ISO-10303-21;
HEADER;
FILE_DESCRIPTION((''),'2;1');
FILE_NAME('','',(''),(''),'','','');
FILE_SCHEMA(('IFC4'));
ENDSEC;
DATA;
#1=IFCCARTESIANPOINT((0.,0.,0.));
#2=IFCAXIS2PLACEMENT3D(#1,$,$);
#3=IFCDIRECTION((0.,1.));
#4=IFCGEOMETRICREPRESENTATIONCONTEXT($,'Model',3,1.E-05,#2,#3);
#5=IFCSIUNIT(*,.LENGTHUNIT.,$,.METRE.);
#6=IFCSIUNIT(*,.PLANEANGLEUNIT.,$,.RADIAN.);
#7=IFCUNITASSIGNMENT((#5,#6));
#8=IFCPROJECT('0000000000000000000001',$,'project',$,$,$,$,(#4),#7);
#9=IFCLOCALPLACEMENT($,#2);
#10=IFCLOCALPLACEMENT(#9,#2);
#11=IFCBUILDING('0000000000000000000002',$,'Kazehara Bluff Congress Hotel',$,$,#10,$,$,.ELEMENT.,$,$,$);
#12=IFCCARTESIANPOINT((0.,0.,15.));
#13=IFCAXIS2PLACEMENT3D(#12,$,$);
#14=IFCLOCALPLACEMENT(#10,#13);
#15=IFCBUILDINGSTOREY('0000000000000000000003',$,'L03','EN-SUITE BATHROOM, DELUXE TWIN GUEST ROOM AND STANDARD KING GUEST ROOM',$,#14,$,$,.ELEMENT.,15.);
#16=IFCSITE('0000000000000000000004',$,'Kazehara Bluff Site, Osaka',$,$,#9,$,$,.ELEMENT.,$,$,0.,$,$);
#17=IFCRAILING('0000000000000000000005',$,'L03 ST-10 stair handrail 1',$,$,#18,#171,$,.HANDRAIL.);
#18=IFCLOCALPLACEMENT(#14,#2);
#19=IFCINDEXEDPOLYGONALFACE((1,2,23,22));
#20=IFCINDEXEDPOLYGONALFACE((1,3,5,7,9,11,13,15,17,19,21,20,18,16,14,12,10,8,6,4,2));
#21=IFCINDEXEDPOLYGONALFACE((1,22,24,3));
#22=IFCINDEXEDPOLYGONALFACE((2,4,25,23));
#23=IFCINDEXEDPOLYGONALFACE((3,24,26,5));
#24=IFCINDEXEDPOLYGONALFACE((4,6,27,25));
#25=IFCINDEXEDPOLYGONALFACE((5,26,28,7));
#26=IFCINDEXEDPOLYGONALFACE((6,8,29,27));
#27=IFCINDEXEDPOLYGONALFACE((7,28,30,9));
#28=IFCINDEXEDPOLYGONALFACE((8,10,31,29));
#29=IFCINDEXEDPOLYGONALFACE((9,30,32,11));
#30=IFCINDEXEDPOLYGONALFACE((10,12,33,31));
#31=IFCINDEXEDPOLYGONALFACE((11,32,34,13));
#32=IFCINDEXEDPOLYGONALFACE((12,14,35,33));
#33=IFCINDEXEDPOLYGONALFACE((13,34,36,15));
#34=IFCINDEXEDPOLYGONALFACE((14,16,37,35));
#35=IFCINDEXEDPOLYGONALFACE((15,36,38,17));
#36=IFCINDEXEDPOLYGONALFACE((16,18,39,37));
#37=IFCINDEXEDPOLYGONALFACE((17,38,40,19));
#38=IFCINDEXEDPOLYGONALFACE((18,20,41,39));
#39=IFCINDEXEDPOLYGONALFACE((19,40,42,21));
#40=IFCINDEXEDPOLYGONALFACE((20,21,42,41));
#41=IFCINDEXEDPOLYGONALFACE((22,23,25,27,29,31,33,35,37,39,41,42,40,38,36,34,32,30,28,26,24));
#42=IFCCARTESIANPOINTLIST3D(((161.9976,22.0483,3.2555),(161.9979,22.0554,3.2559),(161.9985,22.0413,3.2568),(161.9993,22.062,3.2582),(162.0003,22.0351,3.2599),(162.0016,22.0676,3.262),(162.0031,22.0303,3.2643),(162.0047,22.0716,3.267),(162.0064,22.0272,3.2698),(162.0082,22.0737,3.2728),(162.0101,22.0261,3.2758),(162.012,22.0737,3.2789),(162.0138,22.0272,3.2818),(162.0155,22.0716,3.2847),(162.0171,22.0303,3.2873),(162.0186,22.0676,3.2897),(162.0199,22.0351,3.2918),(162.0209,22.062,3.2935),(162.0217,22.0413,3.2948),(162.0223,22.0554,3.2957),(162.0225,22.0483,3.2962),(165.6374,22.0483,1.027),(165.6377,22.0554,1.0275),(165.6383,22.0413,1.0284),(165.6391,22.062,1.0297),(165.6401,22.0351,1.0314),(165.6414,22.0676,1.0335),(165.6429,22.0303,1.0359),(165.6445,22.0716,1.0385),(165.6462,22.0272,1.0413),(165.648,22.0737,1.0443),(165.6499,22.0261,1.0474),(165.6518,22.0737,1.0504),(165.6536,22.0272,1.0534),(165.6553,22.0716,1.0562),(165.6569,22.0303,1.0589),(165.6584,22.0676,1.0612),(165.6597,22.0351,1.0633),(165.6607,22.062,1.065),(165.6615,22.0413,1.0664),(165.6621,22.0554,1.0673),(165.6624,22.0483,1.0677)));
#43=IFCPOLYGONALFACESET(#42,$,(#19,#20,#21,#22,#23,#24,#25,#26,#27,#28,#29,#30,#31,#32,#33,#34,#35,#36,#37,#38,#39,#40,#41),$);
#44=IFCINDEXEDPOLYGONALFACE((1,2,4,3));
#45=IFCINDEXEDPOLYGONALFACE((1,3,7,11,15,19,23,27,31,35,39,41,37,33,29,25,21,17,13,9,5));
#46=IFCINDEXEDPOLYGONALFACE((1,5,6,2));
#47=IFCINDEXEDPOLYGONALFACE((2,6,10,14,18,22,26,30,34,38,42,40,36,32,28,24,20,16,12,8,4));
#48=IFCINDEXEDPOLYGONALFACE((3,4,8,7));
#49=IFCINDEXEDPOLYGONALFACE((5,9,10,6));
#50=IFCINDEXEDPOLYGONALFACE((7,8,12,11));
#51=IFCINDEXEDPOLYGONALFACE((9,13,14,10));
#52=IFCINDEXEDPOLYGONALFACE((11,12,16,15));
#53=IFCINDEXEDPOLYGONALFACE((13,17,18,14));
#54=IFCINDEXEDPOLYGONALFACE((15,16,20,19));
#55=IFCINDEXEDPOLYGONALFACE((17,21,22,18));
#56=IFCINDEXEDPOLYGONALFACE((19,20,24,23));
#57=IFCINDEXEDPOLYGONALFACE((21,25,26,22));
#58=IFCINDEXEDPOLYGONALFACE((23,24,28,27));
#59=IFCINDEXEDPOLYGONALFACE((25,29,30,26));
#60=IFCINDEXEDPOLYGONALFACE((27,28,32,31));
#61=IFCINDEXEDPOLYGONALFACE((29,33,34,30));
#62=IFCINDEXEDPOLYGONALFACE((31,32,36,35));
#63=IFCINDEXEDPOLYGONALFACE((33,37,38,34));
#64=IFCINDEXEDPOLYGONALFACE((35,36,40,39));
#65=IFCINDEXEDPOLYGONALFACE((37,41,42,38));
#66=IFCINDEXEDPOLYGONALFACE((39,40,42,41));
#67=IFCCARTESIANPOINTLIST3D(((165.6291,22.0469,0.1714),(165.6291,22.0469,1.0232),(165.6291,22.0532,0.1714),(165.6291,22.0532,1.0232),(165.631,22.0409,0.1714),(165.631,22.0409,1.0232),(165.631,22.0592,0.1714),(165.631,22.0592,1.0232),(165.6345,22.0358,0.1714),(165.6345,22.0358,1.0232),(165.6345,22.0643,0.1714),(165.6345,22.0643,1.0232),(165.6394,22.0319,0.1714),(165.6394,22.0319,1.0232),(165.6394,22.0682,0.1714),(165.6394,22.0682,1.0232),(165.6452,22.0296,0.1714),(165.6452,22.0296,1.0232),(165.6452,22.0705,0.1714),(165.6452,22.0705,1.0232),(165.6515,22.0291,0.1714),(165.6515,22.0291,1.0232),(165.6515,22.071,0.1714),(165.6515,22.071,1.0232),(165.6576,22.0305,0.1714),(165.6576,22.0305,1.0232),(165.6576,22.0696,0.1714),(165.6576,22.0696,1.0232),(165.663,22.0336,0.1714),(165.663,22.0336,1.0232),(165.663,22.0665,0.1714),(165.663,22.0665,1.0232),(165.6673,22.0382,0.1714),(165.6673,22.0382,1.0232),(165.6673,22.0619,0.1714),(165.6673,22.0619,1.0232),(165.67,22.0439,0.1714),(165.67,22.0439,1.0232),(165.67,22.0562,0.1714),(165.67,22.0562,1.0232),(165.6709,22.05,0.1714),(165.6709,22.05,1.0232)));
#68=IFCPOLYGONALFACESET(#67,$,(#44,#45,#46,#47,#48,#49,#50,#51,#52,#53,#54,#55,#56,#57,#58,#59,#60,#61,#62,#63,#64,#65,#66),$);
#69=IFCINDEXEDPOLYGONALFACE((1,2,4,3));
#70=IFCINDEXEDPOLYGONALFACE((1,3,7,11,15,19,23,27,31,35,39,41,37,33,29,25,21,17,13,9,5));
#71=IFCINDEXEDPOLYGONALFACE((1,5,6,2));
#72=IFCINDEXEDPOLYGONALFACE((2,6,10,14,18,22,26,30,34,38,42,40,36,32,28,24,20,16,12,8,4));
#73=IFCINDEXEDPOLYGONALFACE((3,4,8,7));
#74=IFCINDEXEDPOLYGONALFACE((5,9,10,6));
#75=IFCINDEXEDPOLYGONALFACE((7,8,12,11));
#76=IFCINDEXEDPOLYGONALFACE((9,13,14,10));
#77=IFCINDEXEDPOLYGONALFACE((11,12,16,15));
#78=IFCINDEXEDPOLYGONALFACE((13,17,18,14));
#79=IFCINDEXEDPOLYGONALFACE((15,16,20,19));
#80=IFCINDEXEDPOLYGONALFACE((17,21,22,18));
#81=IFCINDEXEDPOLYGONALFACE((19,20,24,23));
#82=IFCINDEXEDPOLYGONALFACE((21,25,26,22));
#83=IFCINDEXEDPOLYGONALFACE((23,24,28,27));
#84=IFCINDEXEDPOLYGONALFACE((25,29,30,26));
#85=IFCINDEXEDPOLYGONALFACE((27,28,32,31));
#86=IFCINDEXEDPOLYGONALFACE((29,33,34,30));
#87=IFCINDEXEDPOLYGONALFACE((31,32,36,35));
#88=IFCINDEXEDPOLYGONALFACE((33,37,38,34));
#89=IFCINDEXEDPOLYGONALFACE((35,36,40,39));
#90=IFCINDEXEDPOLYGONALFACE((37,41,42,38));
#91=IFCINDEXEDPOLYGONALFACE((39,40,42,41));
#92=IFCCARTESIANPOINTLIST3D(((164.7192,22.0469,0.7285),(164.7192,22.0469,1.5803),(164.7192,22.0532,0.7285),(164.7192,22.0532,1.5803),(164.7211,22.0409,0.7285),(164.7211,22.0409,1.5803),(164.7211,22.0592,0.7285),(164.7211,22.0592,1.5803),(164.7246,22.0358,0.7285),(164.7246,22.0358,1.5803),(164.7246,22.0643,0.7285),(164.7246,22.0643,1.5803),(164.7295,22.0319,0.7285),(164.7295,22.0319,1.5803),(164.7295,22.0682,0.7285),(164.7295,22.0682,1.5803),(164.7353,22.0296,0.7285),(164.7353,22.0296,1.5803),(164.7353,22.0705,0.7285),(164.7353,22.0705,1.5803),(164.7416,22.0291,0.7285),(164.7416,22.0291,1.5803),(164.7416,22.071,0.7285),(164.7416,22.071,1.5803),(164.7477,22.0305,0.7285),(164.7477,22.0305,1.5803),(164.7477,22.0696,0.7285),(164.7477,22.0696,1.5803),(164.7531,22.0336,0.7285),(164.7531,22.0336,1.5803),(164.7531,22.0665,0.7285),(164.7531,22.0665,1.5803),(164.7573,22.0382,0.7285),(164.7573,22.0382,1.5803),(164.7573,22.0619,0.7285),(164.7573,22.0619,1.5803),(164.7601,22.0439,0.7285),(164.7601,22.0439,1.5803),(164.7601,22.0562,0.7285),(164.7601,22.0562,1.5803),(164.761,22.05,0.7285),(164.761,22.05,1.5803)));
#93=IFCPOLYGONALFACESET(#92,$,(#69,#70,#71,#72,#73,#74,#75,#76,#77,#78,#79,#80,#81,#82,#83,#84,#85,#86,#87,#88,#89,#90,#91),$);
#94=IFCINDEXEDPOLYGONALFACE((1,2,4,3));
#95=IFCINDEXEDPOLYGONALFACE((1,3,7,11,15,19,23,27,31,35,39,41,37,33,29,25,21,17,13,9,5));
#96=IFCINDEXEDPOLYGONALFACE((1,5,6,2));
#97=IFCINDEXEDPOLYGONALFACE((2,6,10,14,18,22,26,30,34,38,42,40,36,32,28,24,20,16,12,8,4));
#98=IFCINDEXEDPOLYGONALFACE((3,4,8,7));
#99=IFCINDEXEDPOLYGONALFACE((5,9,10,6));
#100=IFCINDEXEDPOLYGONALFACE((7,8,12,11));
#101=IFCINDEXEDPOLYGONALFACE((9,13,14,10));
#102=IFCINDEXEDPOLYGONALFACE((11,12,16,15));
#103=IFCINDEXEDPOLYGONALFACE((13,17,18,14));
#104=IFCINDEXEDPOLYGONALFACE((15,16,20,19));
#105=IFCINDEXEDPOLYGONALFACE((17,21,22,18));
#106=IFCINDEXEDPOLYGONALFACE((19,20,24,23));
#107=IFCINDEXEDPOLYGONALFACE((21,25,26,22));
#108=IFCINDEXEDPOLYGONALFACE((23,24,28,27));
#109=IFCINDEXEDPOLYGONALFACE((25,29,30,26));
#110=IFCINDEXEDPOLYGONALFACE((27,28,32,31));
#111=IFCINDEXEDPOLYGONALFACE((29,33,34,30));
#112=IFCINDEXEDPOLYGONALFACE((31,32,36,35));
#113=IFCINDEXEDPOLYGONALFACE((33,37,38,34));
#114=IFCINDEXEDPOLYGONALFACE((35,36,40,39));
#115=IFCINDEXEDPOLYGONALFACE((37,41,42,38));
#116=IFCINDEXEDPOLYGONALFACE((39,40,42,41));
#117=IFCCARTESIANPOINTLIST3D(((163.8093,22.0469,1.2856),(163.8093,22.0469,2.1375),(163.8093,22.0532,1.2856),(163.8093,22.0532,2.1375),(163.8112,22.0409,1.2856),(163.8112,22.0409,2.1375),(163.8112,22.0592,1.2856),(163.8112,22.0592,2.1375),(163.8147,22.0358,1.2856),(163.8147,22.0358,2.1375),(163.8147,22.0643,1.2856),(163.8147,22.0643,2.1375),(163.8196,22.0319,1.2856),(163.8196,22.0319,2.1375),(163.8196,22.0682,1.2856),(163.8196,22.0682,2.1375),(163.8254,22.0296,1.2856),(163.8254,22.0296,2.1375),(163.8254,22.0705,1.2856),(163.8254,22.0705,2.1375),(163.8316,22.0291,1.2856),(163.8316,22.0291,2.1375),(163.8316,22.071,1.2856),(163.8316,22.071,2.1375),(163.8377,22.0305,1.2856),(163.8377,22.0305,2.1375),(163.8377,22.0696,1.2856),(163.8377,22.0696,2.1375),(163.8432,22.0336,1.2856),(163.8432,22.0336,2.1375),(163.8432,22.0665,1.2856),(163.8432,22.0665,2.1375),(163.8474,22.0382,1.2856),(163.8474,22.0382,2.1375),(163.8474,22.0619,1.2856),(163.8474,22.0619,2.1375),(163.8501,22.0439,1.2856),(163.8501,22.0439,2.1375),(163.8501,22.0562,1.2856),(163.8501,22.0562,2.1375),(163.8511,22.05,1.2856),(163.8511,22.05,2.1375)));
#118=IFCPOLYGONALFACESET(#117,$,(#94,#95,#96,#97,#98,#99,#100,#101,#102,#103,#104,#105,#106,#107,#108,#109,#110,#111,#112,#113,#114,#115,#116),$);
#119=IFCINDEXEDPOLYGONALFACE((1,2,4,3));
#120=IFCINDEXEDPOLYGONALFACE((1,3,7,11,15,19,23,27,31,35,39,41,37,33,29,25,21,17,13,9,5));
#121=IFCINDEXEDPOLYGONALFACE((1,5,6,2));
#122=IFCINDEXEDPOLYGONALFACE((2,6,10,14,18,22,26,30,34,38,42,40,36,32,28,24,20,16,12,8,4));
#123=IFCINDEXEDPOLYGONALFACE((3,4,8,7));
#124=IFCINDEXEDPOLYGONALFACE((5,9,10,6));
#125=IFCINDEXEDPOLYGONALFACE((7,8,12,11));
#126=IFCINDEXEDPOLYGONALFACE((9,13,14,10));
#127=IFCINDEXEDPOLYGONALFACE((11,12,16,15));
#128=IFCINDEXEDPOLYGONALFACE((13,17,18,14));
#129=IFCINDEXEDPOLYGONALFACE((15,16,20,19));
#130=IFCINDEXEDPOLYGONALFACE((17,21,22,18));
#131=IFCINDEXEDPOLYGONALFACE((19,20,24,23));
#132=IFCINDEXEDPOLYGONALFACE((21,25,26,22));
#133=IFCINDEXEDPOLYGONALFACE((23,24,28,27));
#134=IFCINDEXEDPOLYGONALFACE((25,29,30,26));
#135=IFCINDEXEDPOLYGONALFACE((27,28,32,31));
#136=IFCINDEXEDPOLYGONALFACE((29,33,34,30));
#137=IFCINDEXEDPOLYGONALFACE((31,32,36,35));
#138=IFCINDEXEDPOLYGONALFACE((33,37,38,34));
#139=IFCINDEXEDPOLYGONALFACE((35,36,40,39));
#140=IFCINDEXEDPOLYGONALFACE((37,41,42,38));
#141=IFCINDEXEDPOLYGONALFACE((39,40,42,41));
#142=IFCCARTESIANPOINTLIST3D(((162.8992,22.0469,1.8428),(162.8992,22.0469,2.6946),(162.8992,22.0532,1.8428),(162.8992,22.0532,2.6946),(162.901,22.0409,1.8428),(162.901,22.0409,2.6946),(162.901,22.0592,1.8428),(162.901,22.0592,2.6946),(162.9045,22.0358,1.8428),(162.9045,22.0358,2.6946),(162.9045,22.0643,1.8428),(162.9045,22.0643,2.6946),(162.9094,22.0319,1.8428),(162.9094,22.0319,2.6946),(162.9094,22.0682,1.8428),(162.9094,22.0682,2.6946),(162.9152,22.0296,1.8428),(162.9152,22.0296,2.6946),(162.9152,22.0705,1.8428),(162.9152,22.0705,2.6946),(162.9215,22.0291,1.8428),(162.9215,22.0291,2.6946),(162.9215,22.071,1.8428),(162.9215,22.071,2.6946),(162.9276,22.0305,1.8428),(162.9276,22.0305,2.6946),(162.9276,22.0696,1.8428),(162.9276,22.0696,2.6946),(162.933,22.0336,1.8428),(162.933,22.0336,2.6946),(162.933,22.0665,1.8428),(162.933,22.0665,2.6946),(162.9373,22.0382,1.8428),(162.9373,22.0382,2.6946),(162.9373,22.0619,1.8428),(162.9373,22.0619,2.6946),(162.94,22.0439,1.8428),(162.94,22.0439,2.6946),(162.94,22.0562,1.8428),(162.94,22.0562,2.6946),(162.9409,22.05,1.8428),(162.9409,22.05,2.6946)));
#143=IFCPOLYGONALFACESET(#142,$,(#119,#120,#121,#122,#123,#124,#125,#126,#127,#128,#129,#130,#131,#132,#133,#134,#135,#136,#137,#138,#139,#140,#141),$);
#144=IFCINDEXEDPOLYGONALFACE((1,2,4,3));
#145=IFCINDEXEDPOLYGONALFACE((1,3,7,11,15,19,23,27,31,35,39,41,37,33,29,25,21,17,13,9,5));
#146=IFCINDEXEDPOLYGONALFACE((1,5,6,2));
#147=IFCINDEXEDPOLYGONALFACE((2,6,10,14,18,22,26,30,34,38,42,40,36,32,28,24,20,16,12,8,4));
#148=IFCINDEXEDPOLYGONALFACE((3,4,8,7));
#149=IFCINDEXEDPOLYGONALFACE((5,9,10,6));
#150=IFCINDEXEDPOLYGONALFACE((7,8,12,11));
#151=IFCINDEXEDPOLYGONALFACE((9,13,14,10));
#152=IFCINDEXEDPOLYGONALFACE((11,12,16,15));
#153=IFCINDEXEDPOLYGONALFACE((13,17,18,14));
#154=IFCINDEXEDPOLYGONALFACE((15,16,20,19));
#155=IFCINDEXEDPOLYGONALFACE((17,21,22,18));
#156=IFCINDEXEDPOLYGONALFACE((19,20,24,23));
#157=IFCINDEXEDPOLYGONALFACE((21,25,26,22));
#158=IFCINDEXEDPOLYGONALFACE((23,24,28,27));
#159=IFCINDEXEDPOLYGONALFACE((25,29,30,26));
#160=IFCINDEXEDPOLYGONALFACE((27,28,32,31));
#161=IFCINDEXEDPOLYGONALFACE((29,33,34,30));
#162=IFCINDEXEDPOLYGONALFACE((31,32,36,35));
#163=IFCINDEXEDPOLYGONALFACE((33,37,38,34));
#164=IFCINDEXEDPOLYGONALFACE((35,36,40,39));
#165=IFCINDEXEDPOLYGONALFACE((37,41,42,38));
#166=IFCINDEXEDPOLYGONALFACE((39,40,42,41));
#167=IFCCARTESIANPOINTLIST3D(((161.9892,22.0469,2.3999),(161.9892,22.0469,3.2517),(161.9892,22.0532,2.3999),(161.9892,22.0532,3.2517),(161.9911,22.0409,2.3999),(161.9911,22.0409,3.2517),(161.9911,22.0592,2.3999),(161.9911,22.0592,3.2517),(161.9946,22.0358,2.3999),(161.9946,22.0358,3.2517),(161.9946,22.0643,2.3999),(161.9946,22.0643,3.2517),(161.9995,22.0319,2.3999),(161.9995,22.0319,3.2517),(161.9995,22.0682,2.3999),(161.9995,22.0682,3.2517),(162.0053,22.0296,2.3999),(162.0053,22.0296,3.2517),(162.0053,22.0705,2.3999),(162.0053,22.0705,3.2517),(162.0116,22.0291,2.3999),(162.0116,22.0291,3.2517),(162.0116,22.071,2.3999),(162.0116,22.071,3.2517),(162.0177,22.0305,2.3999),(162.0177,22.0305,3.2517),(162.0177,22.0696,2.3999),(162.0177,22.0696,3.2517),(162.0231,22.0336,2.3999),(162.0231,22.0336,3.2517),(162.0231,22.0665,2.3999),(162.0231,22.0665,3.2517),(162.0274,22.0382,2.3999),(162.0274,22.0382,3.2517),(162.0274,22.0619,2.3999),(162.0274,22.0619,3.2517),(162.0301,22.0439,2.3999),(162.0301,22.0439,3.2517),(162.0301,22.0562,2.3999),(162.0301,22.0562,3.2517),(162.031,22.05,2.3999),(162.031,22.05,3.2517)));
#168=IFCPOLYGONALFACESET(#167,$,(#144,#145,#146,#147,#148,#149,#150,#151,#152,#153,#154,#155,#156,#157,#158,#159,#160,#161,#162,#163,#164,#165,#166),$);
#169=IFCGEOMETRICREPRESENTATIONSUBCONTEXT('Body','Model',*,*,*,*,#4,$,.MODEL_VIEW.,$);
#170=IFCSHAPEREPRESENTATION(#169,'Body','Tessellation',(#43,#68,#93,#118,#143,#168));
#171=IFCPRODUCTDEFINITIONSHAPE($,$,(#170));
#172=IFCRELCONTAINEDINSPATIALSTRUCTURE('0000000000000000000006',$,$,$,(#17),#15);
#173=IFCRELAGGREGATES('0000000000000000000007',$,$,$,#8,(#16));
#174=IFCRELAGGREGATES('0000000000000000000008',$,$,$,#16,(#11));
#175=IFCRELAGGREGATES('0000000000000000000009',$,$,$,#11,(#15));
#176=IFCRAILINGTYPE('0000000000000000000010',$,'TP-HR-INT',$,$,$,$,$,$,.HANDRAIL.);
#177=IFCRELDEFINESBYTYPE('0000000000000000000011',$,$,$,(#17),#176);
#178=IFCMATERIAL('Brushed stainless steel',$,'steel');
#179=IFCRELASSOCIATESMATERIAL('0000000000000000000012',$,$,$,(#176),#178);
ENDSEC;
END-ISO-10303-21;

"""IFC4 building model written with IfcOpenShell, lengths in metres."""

from ifc_helpers import new_model, si_unit, direction, frame, origin, origin_2d, place, context, subcontext, project, spatial, circle, extrude, material, type_object, element, save


model = new_model("IFC4")

# Units and contexts
model_context = context("Model", 3, precision=1e-05, world=origin(), true_north=direction((0.0, 1.0)))
body_context = subcontext(model_context, "Body", "Model", "MODEL_VIEW")
ifc_project = project(units=[si_unit("LENGTHUNIT", "METRE"), si_unit("PLANEANGLEUNIT", "RADIAN")], contexts=[model_context])

# Site, building, storey
site_placement = place(None, origin())
site = spatial("IfcSite", under=ifc_project, at=site_placement, Name="Kazehara Bluff Site, Osaka", CompositionType="ELEMENT", RefElevation=0.0)
building_placement = place(site_placement, origin())
building = spatial("IfcBuilding", under=site, at=building_placement, Name="Kazehara Bluff Congress Hotel", CompositionType="ELEMENT")
storey_placement = place(building_placement, frame((0.0, 0.0, 15.0)))
storey = spatial("IfcBuildingStorey", under=building, at=storey_placement, Name="L03", Description="EN-SUITE BATHROOM, DELUXE TWIN GUEST ROOM AND STANDARD KING GUEST ROOM", CompositionType="ELEMENT", Elevation=15.0)

# Railing
ifc_material_1 = material(Name="Brushed stainless steel", Category="steel")
railing_type_1 = type_object("IfcRailingType", Name="TP-HR-INT", PredefinedType="HANDRAIL", material=ifc_material_1)
railing_1_placement = place(storey_placement, frame((165.6499, 22.05, 0.1714)))
element("IfcRailing", 1, at=railing_1_placement, inside=storey, type_object=railing_type_1, Name="L03 ST-10 stair handrail 1", PredefinedType="HANDRAIL", context=body_context, shape_type="SweptSolid", body=[
    extrude(circle(Radius=0.0239, at=origin_2d()), frame((0.0, 0.0, 0.876), z_axis=(-0.85285, 0.0, 0.522156), x_axis=(0.0, -1.0, 0.0)), (0.0, 0.0, 1.0), 4.2678),
    extrude(circle(Radius=0.021, at=origin_2d()), origin(), (0.0, 0.0, 1.0), 0.8518),
    extrude(circle(Radius=0.021, at=origin_2d()), frame((-0.9099, 0.0, 0.5571)), (0.0, 0.0, 1.0), 0.8518),
    extrude(circle(Radius=0.021, at=origin_2d()), frame((-1.8198, 0.0, 1.1143)), (0.0, 0.0, 1.0), 0.8518),
    extrude(circle(Radius=0.021, at=origin_2d()), frame((-2.73, 0.0, 1.6714)), (0.0, 0.0, 1.0), 0.8518),
    extrude(circle(Radius=0.021, at=origin_2d()), frame((-3.6399, 0.0, 2.2285)), (0.0, 0.0, 1.0), 0.8518),
])

save(model, "model.ifc")
